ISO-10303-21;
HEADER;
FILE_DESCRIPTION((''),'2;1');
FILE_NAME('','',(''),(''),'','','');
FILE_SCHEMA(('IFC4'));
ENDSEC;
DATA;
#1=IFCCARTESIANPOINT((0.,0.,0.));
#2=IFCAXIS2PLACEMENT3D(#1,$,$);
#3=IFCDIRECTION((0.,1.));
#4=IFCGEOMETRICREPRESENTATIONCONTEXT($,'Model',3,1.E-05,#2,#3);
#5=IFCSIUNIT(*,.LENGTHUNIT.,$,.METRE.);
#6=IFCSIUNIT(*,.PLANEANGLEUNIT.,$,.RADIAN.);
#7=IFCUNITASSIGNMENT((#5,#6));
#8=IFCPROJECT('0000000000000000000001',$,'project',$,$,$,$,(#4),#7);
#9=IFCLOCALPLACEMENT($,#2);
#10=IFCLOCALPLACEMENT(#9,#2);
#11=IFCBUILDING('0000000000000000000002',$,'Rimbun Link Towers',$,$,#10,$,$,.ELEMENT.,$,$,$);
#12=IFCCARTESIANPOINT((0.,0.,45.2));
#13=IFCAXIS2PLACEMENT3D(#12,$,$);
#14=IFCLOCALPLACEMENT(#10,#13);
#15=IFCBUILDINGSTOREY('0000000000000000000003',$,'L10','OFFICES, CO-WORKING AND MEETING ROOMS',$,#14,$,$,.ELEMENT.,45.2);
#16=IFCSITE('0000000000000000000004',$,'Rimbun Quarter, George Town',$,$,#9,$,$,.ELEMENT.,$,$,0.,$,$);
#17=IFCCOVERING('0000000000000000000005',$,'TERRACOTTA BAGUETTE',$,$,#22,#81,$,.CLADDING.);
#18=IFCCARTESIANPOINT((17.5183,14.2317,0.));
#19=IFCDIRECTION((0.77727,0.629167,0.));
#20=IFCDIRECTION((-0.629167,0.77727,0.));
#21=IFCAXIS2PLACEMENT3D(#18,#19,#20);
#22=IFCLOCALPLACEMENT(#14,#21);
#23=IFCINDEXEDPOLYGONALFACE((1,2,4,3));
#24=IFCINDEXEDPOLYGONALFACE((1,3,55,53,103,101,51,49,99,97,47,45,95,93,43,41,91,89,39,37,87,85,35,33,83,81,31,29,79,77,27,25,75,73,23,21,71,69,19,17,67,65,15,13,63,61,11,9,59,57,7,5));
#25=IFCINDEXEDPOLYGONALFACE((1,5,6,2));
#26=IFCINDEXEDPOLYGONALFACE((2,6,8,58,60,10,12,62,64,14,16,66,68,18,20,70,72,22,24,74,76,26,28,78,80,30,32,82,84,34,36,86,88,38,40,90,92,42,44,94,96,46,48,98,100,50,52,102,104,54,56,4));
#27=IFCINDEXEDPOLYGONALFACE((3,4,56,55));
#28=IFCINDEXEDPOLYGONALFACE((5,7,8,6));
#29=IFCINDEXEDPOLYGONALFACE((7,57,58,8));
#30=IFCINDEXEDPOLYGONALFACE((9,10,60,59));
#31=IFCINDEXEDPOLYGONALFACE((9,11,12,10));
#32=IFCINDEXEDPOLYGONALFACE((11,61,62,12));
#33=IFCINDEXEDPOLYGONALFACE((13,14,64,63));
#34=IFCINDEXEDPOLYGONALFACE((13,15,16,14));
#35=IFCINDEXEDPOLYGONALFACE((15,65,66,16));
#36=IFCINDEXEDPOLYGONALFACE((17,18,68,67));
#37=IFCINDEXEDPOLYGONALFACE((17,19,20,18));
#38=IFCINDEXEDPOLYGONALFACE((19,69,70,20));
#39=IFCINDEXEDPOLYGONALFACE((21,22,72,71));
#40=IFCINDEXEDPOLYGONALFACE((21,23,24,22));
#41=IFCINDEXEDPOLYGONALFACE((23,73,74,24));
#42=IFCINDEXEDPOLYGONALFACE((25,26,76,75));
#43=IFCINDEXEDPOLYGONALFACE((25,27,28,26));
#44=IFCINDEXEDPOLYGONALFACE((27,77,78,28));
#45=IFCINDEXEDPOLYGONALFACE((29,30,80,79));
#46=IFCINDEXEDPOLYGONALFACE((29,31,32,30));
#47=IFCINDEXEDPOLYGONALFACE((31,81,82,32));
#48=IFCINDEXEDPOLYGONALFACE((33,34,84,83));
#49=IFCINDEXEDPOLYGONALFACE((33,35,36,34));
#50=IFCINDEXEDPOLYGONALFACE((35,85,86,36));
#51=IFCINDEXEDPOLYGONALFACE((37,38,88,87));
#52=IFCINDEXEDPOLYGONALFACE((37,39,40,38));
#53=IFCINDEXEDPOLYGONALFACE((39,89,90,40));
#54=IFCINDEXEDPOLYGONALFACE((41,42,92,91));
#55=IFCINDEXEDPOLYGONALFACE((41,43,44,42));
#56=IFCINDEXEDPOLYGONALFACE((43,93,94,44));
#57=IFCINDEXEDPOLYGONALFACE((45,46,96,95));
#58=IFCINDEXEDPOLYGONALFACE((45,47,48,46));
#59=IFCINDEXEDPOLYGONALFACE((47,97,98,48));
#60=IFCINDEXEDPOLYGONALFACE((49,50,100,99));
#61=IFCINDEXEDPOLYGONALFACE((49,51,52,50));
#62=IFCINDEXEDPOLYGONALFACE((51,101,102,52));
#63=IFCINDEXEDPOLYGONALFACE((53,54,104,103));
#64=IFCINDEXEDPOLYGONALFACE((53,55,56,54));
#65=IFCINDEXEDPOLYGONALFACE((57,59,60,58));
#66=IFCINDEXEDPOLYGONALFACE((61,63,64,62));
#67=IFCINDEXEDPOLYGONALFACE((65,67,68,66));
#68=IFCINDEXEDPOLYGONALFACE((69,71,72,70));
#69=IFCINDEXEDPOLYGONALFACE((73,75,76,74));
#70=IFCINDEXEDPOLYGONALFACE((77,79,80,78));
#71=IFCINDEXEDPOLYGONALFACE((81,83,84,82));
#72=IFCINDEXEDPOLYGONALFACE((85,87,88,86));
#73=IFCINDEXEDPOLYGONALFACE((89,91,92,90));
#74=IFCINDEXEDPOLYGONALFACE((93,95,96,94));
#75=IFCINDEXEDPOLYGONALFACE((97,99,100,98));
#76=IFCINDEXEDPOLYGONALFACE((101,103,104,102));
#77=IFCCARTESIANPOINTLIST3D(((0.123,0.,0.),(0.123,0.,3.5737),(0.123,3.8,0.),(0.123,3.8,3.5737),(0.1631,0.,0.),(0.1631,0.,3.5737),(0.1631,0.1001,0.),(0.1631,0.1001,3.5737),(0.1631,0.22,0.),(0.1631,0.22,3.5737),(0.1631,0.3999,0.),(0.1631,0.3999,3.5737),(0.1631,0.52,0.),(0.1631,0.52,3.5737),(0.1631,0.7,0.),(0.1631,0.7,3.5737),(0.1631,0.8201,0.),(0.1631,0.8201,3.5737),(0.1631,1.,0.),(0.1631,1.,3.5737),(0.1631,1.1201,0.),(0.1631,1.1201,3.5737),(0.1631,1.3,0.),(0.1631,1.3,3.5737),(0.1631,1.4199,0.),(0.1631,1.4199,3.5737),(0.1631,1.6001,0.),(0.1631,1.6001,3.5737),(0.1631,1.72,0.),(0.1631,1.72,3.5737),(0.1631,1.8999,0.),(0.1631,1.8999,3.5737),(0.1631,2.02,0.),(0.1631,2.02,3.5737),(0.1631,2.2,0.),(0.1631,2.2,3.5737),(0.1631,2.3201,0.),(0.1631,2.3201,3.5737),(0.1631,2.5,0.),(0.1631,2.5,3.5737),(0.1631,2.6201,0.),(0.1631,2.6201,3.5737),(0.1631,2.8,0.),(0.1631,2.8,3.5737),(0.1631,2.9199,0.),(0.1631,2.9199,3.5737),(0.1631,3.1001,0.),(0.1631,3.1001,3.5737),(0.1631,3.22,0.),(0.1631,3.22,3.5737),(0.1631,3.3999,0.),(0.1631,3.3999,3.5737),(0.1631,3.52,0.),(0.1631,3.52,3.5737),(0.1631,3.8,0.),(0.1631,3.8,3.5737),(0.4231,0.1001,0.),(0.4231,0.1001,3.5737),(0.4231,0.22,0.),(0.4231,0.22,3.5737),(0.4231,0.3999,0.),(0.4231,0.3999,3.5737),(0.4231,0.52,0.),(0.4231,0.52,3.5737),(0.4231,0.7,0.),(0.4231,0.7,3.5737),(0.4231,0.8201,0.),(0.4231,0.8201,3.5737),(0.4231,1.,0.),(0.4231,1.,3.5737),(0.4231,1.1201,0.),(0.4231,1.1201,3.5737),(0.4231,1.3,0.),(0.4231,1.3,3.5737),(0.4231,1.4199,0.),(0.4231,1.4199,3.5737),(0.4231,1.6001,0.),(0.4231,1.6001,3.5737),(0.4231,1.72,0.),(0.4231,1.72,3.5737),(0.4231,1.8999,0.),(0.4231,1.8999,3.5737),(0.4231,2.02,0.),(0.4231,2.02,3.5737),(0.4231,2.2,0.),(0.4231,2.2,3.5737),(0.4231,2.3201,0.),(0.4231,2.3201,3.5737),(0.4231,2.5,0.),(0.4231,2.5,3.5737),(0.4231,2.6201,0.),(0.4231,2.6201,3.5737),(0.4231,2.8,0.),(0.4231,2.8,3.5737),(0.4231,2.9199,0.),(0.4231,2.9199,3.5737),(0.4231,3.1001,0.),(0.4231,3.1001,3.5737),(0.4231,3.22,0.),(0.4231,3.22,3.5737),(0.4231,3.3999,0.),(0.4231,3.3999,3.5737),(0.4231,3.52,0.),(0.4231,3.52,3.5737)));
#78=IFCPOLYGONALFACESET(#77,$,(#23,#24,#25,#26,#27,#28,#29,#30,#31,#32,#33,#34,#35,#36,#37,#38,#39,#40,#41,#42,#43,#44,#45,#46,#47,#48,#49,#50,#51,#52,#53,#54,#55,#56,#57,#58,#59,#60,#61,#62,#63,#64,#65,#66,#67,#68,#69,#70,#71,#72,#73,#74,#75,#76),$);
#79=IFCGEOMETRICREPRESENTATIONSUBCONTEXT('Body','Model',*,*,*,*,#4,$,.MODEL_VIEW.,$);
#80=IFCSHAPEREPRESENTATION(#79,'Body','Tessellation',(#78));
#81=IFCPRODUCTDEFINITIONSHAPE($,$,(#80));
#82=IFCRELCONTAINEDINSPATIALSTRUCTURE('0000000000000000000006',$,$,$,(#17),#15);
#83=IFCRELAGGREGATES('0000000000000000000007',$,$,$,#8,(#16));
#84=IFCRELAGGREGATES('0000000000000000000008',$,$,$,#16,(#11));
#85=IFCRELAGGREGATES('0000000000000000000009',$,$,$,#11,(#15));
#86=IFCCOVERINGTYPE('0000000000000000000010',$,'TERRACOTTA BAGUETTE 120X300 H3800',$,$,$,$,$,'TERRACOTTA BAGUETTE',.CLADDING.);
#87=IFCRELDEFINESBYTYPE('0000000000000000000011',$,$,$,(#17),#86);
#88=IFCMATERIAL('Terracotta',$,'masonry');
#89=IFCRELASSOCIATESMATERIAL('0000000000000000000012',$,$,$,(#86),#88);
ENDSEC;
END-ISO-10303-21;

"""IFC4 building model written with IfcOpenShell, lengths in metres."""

from ifc_helpers import new_model, si_unit, direction, frame, origin, place, context, subcontext, project, spatial, polyline, outline, extrude, material, material_profile, profile_set, type_object, element, save


model = new_model("IFC4")

# Units and contexts
model_context = context("Model", 3, precision=1e-05, world=origin(), true_north=direction((0.0, 1.0)))
body_context = subcontext(model_context, "Body", "Model", "MODEL_VIEW")
ifc_project = project(units=[si_unit("LENGTHUNIT", "METRE"), si_unit("PLANEANGLEUNIT", "RADIAN")], contexts=[model_context])

# Site, building, storey
site_placement = place(None, origin())
site = spatial("IfcSite", under=ifc_project, at=site_placement, Name="Rimbun Quarter, George Town", CompositionType="ELEMENT", RefElevation=0.0)
building_placement = place(site_placement, origin())
building = spatial("IfcBuilding", under=site, at=building_placement, Name="Rimbun Link Towers", CompositionType="ELEMENT")
storey_placement = place(building_placement, frame((0.0, 0.0, 45.2)))
storey = spatial("IfcBuildingStorey", under=building, at=storey_placement, Name="L10", Description="OFFICES, CO-WORKING AND MEETING ROOMS", CompositionType="ELEMENT", Elevation=45.2)

# Covering
ifc_material_1 = material(Name="Terracotta", Category="masonry")
ifc_material_profile_1 = material_profile(ifc_material_1, outline(polyline([(0.123, 0.0), (0.1631, 0.0), (0.1631, 0.1001), (0.4231, 0.1001), (0.4231, 0.22), (0.1631, 0.22), (0.1631, 0.3999), (0.4231, 0.3999), (0.4231, 0.52), (0.1631, 0.52), (0.1631, 0.7), (0.4231, 0.7), (0.4231, 0.8201), (0.1631, 0.8201), (0.1631, 1.0), (0.4231, 1.0), (0.4231, 1.1201), (0.1631, 1.1201), (0.1631, 1.3), (0.4231, 1.3), (0.4231, 1.4199), (0.1631, 1.4199), (0.1631, 1.6001), (0.4231, 1.6001), (0.4231, 1.72), (0.1631, 1.72), (0.1631, 1.8999), (0.4231, 1.8999), (0.4231, 2.02), (0.1631, 2.02), (0.1631, 2.2), (0.4231, 2.2), (0.4231, 2.3201), (0.1631, 2.3201), (0.1631, 2.5), (0.4231, 2.5), (0.4231, 2.6201), (0.1631, 2.6201), (0.1631, 2.8), (0.4231, 2.8), (0.4231, 2.9199), (0.1631, 2.9199), (0.1631, 3.1001), (0.4231, 3.1001), (0.4231, 3.22), (0.1631, 3.22), (0.1631, 3.3999), (0.4231, 3.3999), (0.4231, 3.52), (0.1631, 3.52), (0.1631, 3.8), (0.123, 3.8), (0.123, 0.0)])), Name="BAGUETTE 120X300")
ifc_profile_set_1 = profile_set([ifc_material_profile_1], Name="Terracotta")
covering_type = type_object("IfcCoveringType", Name="TERRACOTTA BAGUETTE 120X300 H3800", ElementType="TERRACOTTA BAGUETTE", PredefinedType="CLADDING", material=ifc_profile_set_1)
covering_1_placement = place(storey_placement, frame((17.5183, 14.2317, 0.0), z_axis=(0.77727, 0.629167, 0.0), x_axis=(-0.629167, 0.77727, 0.0)))
element("IfcCovering", 1, at=covering_1_placement, inside=storey, type_object=covering_type, Name="TERRACOTTA BAGUETTE", PredefinedType="CLADDING", context=body_context, shape_type="SweptSolid", body=[
    extrude(outline(polyline([(0.123, 0.0), (0.1631, 0.0), (0.1631, 0.1001), (0.4231, 0.1001), (0.4231, 0.22), (0.1631, 0.22), (0.1631, 0.3999), (0.4231, 0.3999), (0.4231, 0.52), (0.1631, 0.52), (0.1631, 0.7), (0.4231, 0.7), (0.4231, 0.8201), (0.1631, 0.8201), (0.1631, 1.0), (0.4231, 1.0), (0.4231, 1.1201), (0.1631, 1.1201), (0.1631, 1.3), (0.4231, 1.3), (0.4231, 1.4199), (0.1631, 1.4199), (0.1631, 1.6001), (0.4231, 1.6001), (0.4231, 1.72), (0.1631, 1.72), (0.1631, 1.8999), (0.4231, 1.8999), (0.4231, 2.02), (0.1631, 2.02), (0.1631, 2.2), (0.4231, 2.2), (0.4231, 2.3201), (0.1631, 2.3201), (0.1631, 2.5), (0.4231, 2.5), (0.4231, 2.6201), (0.1631, 2.6201), (0.1631, 2.8), (0.4231, 2.8), (0.4231, 2.9199), (0.1631, 2.9199), (0.1631, 3.1001), (0.4231, 3.1001), (0.4231, 3.22), (0.1631, 3.22), (0.1631, 3.3999), (0.4231, 3.3999), (0.4231, 3.52), (0.1631, 3.52), (0.1631, 3.8), (0.123, 3.8), (0.123, 0.0)])), origin(), (0.0, 0.0, 1.0), 3.5737),
])

save(model, "model.ifc")
